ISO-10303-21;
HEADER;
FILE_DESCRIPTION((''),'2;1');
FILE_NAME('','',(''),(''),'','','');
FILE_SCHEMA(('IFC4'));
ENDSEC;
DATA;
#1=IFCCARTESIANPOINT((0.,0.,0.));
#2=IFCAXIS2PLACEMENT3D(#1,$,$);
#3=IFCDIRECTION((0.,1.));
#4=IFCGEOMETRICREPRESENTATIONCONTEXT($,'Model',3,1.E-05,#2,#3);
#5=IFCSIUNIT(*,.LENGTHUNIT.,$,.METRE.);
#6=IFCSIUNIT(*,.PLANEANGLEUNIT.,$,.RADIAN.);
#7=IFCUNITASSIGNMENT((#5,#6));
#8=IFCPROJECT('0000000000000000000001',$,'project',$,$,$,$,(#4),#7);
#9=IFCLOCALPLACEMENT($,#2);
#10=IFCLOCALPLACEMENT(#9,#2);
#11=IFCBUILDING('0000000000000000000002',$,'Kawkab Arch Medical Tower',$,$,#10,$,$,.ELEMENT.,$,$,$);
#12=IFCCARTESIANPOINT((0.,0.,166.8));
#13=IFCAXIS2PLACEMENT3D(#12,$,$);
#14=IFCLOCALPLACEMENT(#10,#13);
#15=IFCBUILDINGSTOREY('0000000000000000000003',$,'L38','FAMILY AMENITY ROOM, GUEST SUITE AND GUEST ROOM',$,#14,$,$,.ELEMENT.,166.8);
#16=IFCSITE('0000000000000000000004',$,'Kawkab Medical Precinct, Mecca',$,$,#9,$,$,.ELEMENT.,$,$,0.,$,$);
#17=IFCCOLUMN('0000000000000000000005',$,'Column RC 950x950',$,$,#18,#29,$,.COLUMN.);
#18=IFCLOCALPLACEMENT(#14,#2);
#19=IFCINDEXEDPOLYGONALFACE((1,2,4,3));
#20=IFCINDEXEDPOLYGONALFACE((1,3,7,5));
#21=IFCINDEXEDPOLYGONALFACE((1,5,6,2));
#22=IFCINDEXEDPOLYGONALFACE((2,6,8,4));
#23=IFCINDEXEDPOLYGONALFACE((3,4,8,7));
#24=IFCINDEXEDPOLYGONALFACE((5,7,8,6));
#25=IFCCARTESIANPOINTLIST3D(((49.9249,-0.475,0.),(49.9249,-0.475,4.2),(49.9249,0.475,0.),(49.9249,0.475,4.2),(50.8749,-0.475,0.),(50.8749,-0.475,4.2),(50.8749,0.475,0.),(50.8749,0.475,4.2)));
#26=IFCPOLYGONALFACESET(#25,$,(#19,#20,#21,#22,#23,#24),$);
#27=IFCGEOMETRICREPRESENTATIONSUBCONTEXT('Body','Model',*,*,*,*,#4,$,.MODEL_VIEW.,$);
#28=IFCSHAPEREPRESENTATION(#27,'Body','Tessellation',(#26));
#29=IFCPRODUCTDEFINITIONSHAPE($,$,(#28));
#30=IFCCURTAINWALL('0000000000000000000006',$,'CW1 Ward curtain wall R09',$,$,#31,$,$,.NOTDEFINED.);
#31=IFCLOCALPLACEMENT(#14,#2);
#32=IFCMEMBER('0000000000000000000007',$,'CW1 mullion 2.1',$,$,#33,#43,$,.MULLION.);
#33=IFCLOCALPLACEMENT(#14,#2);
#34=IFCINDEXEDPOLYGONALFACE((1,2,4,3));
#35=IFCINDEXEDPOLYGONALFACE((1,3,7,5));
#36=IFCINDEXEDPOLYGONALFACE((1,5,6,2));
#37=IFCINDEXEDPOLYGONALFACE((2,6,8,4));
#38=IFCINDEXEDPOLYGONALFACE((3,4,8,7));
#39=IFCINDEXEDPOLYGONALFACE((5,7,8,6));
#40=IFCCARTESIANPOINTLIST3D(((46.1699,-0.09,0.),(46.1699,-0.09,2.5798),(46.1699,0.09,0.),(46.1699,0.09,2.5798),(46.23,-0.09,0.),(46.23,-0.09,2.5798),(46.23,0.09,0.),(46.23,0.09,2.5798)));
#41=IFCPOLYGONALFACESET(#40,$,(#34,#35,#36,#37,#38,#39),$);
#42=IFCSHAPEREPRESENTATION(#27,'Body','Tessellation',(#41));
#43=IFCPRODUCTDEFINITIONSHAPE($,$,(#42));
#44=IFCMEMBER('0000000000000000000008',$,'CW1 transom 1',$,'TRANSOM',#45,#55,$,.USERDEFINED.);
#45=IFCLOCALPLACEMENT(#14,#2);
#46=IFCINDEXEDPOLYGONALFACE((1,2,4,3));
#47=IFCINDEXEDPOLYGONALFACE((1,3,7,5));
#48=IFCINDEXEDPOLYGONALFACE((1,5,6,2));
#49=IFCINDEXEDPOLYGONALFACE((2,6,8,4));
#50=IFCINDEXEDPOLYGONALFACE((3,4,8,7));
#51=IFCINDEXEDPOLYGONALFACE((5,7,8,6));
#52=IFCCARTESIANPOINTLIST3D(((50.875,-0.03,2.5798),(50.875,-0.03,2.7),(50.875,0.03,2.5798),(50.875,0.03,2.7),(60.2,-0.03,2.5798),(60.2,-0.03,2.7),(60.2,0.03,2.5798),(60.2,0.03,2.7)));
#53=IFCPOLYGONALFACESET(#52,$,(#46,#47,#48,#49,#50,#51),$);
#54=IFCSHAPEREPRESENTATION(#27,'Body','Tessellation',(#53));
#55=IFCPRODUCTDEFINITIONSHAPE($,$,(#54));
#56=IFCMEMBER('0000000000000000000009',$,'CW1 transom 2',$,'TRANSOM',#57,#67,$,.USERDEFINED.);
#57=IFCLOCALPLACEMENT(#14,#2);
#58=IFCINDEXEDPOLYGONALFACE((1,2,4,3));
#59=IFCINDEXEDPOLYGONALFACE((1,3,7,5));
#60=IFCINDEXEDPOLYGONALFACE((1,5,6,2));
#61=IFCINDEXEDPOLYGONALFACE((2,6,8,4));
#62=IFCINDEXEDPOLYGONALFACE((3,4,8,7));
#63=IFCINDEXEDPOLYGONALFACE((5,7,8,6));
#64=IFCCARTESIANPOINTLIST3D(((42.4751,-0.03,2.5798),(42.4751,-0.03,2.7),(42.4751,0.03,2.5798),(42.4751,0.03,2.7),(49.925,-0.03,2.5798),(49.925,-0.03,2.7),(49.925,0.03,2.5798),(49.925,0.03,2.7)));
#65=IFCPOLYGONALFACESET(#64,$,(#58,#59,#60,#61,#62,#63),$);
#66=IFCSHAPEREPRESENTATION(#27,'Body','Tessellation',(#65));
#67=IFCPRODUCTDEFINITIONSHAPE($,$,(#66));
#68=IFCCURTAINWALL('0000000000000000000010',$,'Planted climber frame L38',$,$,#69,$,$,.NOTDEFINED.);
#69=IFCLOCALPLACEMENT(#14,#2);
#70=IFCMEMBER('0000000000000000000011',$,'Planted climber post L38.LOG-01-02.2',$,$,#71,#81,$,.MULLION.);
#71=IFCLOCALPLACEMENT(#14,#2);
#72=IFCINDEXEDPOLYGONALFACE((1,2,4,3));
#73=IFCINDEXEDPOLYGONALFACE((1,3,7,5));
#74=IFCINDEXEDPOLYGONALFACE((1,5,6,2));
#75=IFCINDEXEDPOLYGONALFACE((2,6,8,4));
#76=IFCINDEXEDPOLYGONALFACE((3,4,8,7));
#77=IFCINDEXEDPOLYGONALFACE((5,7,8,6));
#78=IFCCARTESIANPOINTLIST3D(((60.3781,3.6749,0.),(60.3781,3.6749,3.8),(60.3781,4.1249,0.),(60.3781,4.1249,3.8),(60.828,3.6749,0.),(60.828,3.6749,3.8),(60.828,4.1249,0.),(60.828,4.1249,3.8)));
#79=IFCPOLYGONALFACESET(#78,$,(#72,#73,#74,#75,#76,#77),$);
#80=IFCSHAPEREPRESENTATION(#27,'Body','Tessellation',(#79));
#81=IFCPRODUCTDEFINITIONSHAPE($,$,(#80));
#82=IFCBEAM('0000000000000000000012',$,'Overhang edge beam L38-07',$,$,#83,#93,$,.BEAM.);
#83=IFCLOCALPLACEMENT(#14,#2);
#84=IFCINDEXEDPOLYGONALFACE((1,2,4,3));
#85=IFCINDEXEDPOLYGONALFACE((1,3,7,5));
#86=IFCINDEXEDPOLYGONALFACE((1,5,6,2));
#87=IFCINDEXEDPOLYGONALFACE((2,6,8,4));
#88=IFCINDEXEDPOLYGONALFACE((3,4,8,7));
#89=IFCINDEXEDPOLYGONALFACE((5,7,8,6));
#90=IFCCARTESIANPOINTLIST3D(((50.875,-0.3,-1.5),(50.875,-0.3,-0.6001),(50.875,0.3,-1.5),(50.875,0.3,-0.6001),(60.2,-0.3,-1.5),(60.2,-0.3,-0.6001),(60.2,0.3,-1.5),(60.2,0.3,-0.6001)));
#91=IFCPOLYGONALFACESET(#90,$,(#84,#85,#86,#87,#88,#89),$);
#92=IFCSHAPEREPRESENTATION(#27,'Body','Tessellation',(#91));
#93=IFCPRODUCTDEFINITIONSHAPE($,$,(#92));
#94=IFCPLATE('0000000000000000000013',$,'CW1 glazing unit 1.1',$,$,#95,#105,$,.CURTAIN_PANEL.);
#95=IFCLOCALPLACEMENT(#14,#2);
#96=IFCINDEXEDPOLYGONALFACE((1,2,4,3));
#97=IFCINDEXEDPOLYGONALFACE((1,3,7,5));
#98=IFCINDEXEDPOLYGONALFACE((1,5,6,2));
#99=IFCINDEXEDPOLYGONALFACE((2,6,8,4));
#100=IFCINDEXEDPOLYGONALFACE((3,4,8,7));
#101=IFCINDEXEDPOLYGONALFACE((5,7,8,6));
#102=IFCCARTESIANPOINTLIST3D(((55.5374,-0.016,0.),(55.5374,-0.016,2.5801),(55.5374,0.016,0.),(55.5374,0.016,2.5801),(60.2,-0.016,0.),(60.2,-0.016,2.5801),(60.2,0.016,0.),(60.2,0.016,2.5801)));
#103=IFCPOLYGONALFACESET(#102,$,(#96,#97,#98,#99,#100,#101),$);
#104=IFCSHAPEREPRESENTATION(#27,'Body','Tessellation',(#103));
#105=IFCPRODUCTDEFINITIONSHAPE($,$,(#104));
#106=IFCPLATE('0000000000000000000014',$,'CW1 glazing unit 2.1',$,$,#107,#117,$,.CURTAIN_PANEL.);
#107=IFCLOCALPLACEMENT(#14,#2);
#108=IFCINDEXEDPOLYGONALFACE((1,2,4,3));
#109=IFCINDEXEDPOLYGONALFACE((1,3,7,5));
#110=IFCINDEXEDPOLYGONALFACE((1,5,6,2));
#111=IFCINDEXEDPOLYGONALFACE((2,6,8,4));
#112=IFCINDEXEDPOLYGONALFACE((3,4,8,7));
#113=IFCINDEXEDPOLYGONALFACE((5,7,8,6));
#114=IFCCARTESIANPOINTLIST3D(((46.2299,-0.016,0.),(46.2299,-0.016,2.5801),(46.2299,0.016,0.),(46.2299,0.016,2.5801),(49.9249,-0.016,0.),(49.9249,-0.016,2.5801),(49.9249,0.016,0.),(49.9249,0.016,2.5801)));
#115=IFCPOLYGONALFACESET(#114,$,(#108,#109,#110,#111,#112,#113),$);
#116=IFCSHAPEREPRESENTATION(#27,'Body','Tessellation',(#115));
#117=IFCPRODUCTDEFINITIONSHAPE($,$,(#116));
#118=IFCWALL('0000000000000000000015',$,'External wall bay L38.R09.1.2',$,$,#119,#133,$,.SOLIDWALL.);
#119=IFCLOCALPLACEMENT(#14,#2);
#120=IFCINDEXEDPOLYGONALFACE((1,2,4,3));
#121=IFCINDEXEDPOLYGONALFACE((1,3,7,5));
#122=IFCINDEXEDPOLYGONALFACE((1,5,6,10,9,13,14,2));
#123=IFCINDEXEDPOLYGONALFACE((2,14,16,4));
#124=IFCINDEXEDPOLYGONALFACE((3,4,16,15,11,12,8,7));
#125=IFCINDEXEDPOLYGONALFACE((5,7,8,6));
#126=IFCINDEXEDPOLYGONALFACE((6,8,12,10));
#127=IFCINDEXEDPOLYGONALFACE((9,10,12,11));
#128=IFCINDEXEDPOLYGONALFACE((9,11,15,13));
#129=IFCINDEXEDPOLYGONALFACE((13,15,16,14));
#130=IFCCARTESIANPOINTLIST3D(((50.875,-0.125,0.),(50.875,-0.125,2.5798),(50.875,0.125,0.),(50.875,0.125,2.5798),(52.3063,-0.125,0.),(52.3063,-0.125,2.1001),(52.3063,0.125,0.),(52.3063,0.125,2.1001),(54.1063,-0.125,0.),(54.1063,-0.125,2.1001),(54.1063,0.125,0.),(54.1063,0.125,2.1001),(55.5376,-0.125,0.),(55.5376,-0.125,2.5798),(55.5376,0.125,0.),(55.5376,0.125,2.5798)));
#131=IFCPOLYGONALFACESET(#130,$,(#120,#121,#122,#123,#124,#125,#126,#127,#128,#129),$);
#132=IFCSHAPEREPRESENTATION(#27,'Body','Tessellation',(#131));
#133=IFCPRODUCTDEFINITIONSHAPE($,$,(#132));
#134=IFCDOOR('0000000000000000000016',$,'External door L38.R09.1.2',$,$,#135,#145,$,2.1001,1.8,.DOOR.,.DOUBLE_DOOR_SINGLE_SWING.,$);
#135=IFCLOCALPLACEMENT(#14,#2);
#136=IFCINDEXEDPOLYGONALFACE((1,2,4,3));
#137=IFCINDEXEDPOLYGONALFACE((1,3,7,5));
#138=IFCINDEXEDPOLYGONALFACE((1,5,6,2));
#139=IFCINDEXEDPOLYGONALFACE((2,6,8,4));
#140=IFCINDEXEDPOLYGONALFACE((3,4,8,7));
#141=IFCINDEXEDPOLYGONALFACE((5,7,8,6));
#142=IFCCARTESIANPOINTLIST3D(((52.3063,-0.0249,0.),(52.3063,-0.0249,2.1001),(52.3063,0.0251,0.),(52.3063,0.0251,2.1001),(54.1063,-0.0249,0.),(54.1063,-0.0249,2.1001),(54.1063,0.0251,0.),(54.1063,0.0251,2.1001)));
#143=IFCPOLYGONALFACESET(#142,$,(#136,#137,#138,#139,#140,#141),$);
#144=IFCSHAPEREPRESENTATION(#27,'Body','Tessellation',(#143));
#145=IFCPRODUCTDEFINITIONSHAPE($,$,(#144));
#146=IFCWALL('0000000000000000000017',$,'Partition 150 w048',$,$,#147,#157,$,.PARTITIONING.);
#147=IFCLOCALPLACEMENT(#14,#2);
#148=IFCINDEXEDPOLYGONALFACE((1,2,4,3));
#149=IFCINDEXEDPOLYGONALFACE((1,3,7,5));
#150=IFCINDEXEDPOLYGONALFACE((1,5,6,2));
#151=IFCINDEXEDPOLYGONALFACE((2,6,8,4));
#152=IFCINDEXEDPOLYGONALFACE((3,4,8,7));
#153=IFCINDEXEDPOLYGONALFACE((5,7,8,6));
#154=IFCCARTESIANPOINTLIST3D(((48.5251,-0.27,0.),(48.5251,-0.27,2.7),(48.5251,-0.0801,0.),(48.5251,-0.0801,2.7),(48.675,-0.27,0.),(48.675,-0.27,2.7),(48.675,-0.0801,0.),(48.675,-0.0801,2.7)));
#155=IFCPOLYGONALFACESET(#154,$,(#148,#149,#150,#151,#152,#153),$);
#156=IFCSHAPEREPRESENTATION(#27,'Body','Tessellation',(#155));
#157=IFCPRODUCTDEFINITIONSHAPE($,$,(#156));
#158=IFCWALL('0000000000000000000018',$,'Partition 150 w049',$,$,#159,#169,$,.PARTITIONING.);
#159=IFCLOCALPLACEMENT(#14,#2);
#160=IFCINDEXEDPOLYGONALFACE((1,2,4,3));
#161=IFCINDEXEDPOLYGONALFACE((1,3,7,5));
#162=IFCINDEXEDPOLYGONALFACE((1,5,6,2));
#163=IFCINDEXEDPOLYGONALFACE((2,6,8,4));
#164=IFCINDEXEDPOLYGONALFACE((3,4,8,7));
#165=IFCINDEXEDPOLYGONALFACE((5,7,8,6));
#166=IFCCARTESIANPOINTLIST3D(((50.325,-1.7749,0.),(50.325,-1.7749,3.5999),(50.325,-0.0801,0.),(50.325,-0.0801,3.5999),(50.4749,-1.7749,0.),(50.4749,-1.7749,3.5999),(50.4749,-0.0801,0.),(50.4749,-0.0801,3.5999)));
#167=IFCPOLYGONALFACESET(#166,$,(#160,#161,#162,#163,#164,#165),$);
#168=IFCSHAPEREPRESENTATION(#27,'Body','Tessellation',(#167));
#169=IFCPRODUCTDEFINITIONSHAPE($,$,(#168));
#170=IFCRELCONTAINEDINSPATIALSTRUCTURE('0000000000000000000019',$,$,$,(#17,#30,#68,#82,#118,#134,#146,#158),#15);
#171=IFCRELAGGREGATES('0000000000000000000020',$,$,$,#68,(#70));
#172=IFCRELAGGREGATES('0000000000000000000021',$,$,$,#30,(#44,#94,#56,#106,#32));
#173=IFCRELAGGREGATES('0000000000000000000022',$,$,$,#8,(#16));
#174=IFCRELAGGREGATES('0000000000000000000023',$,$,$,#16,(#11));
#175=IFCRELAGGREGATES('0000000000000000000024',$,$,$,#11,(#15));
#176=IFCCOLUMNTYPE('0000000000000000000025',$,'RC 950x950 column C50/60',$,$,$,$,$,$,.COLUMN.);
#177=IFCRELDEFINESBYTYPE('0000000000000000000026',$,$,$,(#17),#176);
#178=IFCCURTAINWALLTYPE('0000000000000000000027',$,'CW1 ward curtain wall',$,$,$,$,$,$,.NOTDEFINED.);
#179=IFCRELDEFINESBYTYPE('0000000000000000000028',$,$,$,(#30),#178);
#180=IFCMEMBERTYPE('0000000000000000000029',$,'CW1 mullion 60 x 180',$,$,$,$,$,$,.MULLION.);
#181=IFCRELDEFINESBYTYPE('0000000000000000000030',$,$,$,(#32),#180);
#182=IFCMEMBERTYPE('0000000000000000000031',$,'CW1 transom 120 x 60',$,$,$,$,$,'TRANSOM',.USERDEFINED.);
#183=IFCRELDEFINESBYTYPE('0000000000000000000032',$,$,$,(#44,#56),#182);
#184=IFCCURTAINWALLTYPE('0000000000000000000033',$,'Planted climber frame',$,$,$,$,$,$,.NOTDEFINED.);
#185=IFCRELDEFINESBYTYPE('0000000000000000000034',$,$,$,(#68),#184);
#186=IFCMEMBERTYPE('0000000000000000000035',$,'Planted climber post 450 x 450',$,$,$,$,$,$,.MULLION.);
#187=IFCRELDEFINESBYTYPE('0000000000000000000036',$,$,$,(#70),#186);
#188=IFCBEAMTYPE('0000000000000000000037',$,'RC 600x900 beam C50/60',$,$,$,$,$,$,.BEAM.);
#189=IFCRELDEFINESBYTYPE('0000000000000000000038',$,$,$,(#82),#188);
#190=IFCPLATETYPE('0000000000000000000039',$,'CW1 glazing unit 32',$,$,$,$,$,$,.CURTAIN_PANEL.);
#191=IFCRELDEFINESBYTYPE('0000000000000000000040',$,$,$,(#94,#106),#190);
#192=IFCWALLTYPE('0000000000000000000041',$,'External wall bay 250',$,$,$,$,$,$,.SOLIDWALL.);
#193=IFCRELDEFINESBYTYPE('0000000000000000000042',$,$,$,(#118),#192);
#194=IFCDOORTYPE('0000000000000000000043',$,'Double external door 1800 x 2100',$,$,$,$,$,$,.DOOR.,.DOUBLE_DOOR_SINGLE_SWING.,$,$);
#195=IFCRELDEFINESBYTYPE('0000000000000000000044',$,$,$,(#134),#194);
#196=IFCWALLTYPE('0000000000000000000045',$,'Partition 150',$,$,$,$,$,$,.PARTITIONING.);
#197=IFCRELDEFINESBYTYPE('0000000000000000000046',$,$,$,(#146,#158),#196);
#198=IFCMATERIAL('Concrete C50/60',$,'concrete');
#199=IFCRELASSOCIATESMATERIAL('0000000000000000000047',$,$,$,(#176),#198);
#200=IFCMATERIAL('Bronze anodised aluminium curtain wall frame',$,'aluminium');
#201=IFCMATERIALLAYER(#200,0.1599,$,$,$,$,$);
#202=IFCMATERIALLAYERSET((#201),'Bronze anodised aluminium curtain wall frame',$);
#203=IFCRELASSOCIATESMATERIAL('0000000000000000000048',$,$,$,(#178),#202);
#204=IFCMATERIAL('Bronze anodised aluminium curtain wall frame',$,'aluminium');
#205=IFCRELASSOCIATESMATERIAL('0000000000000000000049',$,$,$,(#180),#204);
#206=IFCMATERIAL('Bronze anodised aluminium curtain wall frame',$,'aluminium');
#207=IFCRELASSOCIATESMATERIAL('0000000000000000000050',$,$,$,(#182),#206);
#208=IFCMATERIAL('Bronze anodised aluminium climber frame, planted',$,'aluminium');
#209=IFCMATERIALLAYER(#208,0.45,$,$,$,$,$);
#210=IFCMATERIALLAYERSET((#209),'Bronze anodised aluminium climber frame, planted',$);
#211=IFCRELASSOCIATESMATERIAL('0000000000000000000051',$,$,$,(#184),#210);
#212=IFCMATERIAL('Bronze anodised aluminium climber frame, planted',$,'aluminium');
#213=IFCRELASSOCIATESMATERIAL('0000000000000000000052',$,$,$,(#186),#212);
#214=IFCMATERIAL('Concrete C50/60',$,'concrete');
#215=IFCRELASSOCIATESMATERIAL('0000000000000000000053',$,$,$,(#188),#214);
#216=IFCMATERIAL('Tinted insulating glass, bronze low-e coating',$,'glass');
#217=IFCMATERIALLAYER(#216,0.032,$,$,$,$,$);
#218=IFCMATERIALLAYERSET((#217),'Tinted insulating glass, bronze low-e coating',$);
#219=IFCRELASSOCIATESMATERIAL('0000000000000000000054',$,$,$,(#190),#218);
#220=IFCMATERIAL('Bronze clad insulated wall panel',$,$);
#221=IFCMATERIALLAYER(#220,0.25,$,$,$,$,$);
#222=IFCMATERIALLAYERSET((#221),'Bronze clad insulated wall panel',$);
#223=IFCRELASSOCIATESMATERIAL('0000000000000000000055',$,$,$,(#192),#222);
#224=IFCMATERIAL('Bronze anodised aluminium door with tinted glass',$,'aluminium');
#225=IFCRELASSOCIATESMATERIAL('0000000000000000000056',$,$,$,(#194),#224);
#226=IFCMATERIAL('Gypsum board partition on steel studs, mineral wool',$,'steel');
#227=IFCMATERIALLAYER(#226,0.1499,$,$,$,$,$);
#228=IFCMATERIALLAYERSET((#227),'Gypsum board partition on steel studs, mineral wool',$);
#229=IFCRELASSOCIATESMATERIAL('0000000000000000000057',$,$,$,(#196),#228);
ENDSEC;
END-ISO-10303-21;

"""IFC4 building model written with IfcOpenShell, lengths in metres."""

from ifc_helpers import new_model, si_unit, direction, frame, frame_2d, origin, origin_2d, place, context, subcontext, project, spatial, rectangle, extrude, material, layer, layer_set, material_profile, profile_set, type_object, element, fill, aggregate, save


model = new_model("IFC4")

# Units and contexts
model_context = context("Model", 3, precision=1e-05, world=origin(), true_north=direction((0.0, 1.0)))
body_context = subcontext(model_context, "Body", "Model", "MODEL_VIEW")
ifc_project = project(units=[si_unit("LENGTHUNIT", "METRE"), si_unit("PLANEANGLEUNIT", "RADIAN")], contexts=[model_context])

# Site, building, storey
site_placement = place(None, origin())
site = spatial("IfcSite", under=ifc_project, at=site_placement, Name="Kawkab Medical Precinct, Mecca", CompositionType="ELEMENT", RefElevation=0.0)
building_placement = place(site_placement, origin())
building = spatial("IfcBuilding", under=site, at=building_placement, Name="Kawkab Arch Medical Tower", CompositionType="ELEMENT")
storey_placement = place(building_placement, frame((0.0, 0.0, 166.8)))
storey = spatial("IfcBuildingStorey", under=building, at=storey_placement, Name="L38", Description="FAMILY AMENITY ROOM, GUEST SUITE AND GUEST ROOM", CompositionType="ELEMENT", Elevation=166.8)

# Column
ifc_material_1 = material(Name="Concrete C50/60", Category="concrete")
ifc_material_profile_1 = material_profile(ifc_material_1, rectangle(XDim=0.95, YDim=0.95, at=origin_2d()), Name="RC 950x950")
ifc_profile_set_1 = profile_set([ifc_material_profile_1], Name="Concrete C50/60")
column_type = type_object("IfcColumnType", Name="RC 950x950 column C50/60", PredefinedType="COLUMN", material=ifc_profile_set_1)
column_placement = place(storey_placement, frame((50.3999, 0.0, 0.0), z_axis=(0.0, 0.0, 1.0), x_axis=(1.0, 0.0, 0.0)))
element("IfcColumn", 1, at=column_placement, inside=storey, type_object=column_type, Name="Column RC 950x950", PredefinedType="COLUMN", context=body_context, shape_type="SweptSolid", body=[
    extrude(rectangle(XDim=0.95, YDim=0.95, at=origin_2d()), origin(), (0.0, 0.0, 1.0), 4.2),
])

# Curtain wall, members
ifc_material_2 = material(Name="Bronze anodised aluminium curtain wall frame", Category="aluminium")
ifc_layer_1 = layer(ifc_material_2, 0.1599)
ifc_layer_set_1 = layer_set([ifc_layer_1], Name="Bronze anodised aluminium curtain wall frame")
curtain_wall_type_1 = type_object("IfcCurtainWallType", Name="CW1 ward curtain wall", PredefinedType="NOTDEFINED", material=ifc_layer_set_1)
placement = place(storey_placement, origin())
curtain_wall_1 = element("IfcCurtainWall", 2, at=placement, inside=storey, type_object=curtain_wall_type_1, Name="CW1 Ward curtain wall R09", PredefinedType="NOTDEFINED")
ifc_material_3 = material(Name="Bronze anodised aluminium curtain wall frame", Category="aluminium")
ifc_material_profile_2 = material_profile(ifc_material_3, rectangle(XDim=0.1799, YDim=0.0601, at=origin_2d()), Name="AL 60x180")
ifc_profile_set_2 = profile_set([ifc_material_profile_2], Name="Bronze anodised aluminium curtain wall frame")
member_type_1 = type_object("IfcMemberType", Name="CW1 mullion 60 x 180", PredefinedType="MULLION", material=ifc_profile_set_2)
member_1_placement = place(storey_placement, frame((46.2, 0.0, 0.0), z_axis=(0.0, 0.0, 1.0), x_axis=(0.0, -1.0, 0.0)))
member_1 = element("IfcMember", 3, at=member_1_placement, type_object=member_type_1, Name="CW1 mullion 2.1", PredefinedType="MULLION", context=body_context, shape_type="SweptSolid", body=[
    extrude(rectangle(XDim=0.1799, YDim=0.0601, at=origin_2d()), origin(), (0.0, 0.0, 1.0), 2.5798),
])
ifc_material_4 = material(Name="Bronze anodised aluminium curtain wall frame", Category="aluminium")
ifc_material_profile_3 = material_profile(ifc_material_4, rectangle(XDim=0.0601, YDim=0.1201, at=origin_2d()), Name="AL 60x120")
ifc_profile_set_3 = profile_set([ifc_material_profile_3], Name="Bronze anodised aluminium curtain wall frame")
member_type_2 = type_object("IfcMemberType", Name="CW1 transom 120 x 60", ElementType="TRANSOM", PredefinedType="USERDEFINED", material=ifc_profile_set_3)
member_2_placement = place(storey_placement, frame((60.2, 0.0, 2.6399), z_axis=(-1.0, 0.0, 0.0), x_axis=(0.0, -1.0, 0.0)))
member_2 = element("IfcMember", 4, at=member_2_placement, type_object=member_type_2, Name="CW1 transom 1", ObjectType="TRANSOM", PredefinedType="USERDEFINED", context=body_context, shape_type="SweptSolid", body=[
    extrude(rectangle(XDim=0.0601, YDim=0.1201, at=origin_2d()), origin(), (0.0, 0.0, 1.0), 9.325),
])
member_3_placement = place(storey_placement, frame((49.925, 0.0, 2.6399), z_axis=(-1.0, 0.0, 0.0), x_axis=(0.0, -1.0, 0.0)))
member_3 = element("IfcMember", 5, at=member_3_placement, type_object=member_type_2, Name="CW1 transom 2", ObjectType="TRANSOM", PredefinedType="USERDEFINED", context=body_context, shape_type="SweptSolid", body=[
    extrude(rectangle(XDim=0.0601, YDim=0.1201, at=origin_2d()), origin(), (0.0, 0.0, 1.0), 7.45),
])

# Curtain wall, member
ifc_material_5 = material(Name="Bronze anodised aluminium climber frame, planted", Category="aluminium")
ifc_layer_2 = layer(ifc_material_5, 0.45)
ifc_layer_set_2 = layer_set([ifc_layer_2], Name="Bronze anodised aluminium climber frame, planted")
curtain_wall_type_2 = type_object("IfcCurtainWallType", Name="Planted climber frame", PredefinedType="NOTDEFINED", material=ifc_layer_set_2)
curtain_wall_2 = element("IfcCurtainWall", 6, at=placement, inside=storey, type_object=curtain_wall_type_2, Name="Planted climber frame L38", PredefinedType="NOTDEFINED")
ifc_material_6 = material(Name="Bronze anodised aluminium climber frame, planted", Category="aluminium")
ifc_material_profile_4 = material_profile(ifc_material_6, rectangle(XDim=0.45, YDim=0.45, at=origin_2d()), Name="Post 450x450")
ifc_profile_set_4 = profile_set([ifc_material_profile_4], Name="Bronze anodised aluminium climber frame, planted")
member_type_3 = type_object("IfcMemberType", Name="Planted climber post 450 x 450", PredefinedType="MULLION", material=ifc_profile_set_4)
member_4_placement = place(storey_placement, frame((60.603, 3.8999, 0.0), z_axis=(0.0, 0.0, 1.0), x_axis=(1.0, 0.0, 0.0)))
member_4 = element("IfcMember", 7, at=member_4_placement, type_object=member_type_3, Name="Planted climber post L38.LOG-01-02.2", PredefinedType="MULLION", context=body_context, shape_type="SweptSolid", body=[
    extrude(rectangle(XDim=0.45, YDim=0.45, at=origin_2d()), origin(), (0.0, 0.0, 1.0), 3.8),
])
aggregate(curtain_wall_2, [member_4])

# Beam
ifc_material_7 = material(Name="Concrete C50/60", Category="concrete")
ifc_material_profile_5 = material_profile(ifc_material_7, rectangle(XDim=0.6001, YDim=0.8999, at=origin_2d()), Name="RC 600x900")
ifc_profile_set_5 = profile_set([ifc_material_profile_5], Name="Concrete C50/60")
beam_type = type_object("IfcBeamType", Name="RC 600x900 beam C50/60", PredefinedType="BEAM", material=ifc_profile_set_5)
beam_placement = place(storey_placement, frame((50.875, 0.0, -1.05), z_axis=(1.0, 0.0, 0.0), x_axis=(0.0, 1.0, 0.0)))
element("IfcBeam", 8, at=beam_placement, inside=storey, type_object=beam_type, Name="Overhang edge beam L38-07", PredefinedType="BEAM", context=body_context, shape_type="SweptSolid", body=[
    extrude(rectangle(XDim=0.6001, YDim=0.8999, at=origin_2d()), origin(), (0.0, 0.0, 1.0), 9.325),
])

# Plates
ifc_material_8 = material(Name="Tinted insulating glass, bronze low-e coating", Category="glass")
ifc_layer_3 = layer(ifc_material_8, 0.032)
ifc_layer_set_3 = layer_set([ifc_layer_3], Name="Tinted insulating glass, bronze low-e coating")
plate_type = type_object("IfcPlateType", Name="CW1 glazing unit 32", PredefinedType="CURTAIN_PANEL", material=ifc_layer_set_3)
plate_1_placement = place(storey_placement, frame((57.8687, 0.0, 0.0), z_axis=(0.0, 0.0, 1.0), x_axis=(-1.0, 0.0, 0.0)))
plate_1 = element("IfcPlate", 9, at=plate_1_placement, type_object=plate_type, Name="CW1 glazing unit 1.1", PredefinedType="CURTAIN_PANEL", context=body_context, shape_type="SweptSolid", body=[
    extrude(rectangle(XDim=4.6626, YDim=0.032, at=origin_2d()), origin(), (0.0, 0.0, 1.0), 2.5801),
])
plate_2_placement = place(storey_placement, frame((48.0774, 0.0, 0.0), z_axis=(0.0, 0.0, 1.0), x_axis=(-1.0, 0.0, 0.0)))
plate_2 = element("IfcPlate", 10, at=plate_2_placement, type_object=plate_type, Name="CW1 glazing unit 2.1", PredefinedType="CURTAIN_PANEL", context=body_context, shape_type="SweptSolid", body=[
    extrude(rectangle(XDim=3.6951, YDim=0.032, at=origin_2d()), origin(), (0.0, 0.0, 1.0), 2.5801),
])
aggregate(curtain_wall_1, [member_2, plate_1, member_3, plate_2, member_1])

# Wall, opening, door
ifc_material_9 = material(Name="Bronze clad insulated wall panel")
ifc_layer_4 = layer(ifc_material_9, 0.25)
ifc_layer_set_4 = layer_set([ifc_layer_4], Name="Bronze clad insulated wall panel")
wall_type_1 = type_object("IfcWallType", Name="External wall bay 250", PredefinedType="SOLIDWALL", material=ifc_layer_set_4)
wall_1_placement = place(storey_placement, frame((55.5376, 0.0, 0.0), z_axis=(0.0, 0.0, 1.0), x_axis=(-1.0, 0.0, 0.0)))
wall_1 = element("IfcWall", 11, at=wall_1_placement, inside=storey, type_object=wall_type_1, Name="External wall bay L38.R09.1.2", PredefinedType="SOLIDWALL", context=body_context, shape_type="SweptSolid", body=[
    extrude(rectangle(XDim=4.6626, YDim=0.25, at=frame_2d((2.3313, 0.0))), origin(), (0.0, 0.0, 1.0), 2.5798),
])
opening_placement = place(wall_1_placement, frame((1.4314, 0.0, 0.0)))
opening = element("IfcOpeningElement", 12, at=opening_placement, cuts=wall_1, PredefinedType="OPENING", context=body_context, shape_type="SweptSolid", body=[
    extrude(rectangle(XDim=1.8, YDim=2.1001, at=frame_2d((0.8999, 1.05))), frame((0.0, 0.135, 0.0), z_axis=(0.0, -1.0, 0.0), x_axis=(1.0, 0.0, 0.0)), (0.0, 0.0, 1.0), 0.27),
])
ifc_material_10 = material(Name="Bronze anodised aluminium door with tinted glass", Category="aluminium")
door_type = type_object("IfcDoorType", Name="Double external door 1800 x 2100", OperationType="DOUBLE_DOOR_SINGLE_SWING", PredefinedType="DOOR", material=ifc_material_10)
door_placement = place(opening_placement, origin())
door = element("IfcDoor", 13, at=door_placement, inside=storey, type_object=door_type, Name="External door L38.R09.1.2", OperationType="DOUBLE_DOOR_SINGLE_SWING", OverallHeight=2.1001, OverallWidth=1.8, PredefinedType="DOOR", context=body_context, shape_type="SweptSolid", body=[
    extrude(rectangle(XDim=1.8, YDim=2.1001, at=frame_2d((0.8999, 1.05))), frame((0.0, 0.0249, 0.0), z_axis=(0.0, -1.0, 0.0), x_axis=(1.0, 0.0, 0.0)), (0.0, 0.0, 1.0), 0.05),
])
fill(opening, door)

# Walls
ifc_material_11 = material(Name="Gypsum board partition on steel studs, mineral wool", Category="steel")
ifc_layer_5 = layer(ifc_material_11, 0.1499)
ifc_layer_set_5 = layer_set([ifc_layer_5], Name="Gypsum board partition on steel studs, mineral wool")
wall_type_2 = type_object("IfcWallType", Name="Partition 150", PredefinedType="PARTITIONING", material=ifc_layer_set_5)
wall_2_placement = place(storey_placement, frame((48.6001, -0.27, 0.0), z_axis=(0.0, 0.0, 1.0), x_axis=(0.0, 1.0, 0.0)))
element("IfcWall", 14, at=wall_2_placement, inside=storey, type_object=wall_type_2, Name="Partition 150 w048", PredefinedType="PARTITIONING", context=body_context, shape_type="SweptSolid", body=[
    extrude(rectangle(XDim=0.1899, YDim=0.1499, at=frame_2d((0.095, 0.0))), origin(), (0.0, 0.0, 1.0), 2.7),
])
wall_3_placement = place(storey_placement, frame((50.3999, -1.7749, 0.0), z_axis=(0.0, 0.0, 1.0), x_axis=(0.0, 1.0, 0.0)))
element("IfcWall", 15, at=wall_3_placement, inside=storey, type_object=wall_type_2, Name="Partition 150 w049", PredefinedType="PARTITIONING", context=body_context, shape_type="SweptSolid", body=[
    extrude(rectangle(XDim=1.6948, YDim=0.1499, at=frame_2d((0.8474, 0.0))), origin(), (0.0, 0.0, 1.0), 3.5999),
])

save(model, "model.ifc")
